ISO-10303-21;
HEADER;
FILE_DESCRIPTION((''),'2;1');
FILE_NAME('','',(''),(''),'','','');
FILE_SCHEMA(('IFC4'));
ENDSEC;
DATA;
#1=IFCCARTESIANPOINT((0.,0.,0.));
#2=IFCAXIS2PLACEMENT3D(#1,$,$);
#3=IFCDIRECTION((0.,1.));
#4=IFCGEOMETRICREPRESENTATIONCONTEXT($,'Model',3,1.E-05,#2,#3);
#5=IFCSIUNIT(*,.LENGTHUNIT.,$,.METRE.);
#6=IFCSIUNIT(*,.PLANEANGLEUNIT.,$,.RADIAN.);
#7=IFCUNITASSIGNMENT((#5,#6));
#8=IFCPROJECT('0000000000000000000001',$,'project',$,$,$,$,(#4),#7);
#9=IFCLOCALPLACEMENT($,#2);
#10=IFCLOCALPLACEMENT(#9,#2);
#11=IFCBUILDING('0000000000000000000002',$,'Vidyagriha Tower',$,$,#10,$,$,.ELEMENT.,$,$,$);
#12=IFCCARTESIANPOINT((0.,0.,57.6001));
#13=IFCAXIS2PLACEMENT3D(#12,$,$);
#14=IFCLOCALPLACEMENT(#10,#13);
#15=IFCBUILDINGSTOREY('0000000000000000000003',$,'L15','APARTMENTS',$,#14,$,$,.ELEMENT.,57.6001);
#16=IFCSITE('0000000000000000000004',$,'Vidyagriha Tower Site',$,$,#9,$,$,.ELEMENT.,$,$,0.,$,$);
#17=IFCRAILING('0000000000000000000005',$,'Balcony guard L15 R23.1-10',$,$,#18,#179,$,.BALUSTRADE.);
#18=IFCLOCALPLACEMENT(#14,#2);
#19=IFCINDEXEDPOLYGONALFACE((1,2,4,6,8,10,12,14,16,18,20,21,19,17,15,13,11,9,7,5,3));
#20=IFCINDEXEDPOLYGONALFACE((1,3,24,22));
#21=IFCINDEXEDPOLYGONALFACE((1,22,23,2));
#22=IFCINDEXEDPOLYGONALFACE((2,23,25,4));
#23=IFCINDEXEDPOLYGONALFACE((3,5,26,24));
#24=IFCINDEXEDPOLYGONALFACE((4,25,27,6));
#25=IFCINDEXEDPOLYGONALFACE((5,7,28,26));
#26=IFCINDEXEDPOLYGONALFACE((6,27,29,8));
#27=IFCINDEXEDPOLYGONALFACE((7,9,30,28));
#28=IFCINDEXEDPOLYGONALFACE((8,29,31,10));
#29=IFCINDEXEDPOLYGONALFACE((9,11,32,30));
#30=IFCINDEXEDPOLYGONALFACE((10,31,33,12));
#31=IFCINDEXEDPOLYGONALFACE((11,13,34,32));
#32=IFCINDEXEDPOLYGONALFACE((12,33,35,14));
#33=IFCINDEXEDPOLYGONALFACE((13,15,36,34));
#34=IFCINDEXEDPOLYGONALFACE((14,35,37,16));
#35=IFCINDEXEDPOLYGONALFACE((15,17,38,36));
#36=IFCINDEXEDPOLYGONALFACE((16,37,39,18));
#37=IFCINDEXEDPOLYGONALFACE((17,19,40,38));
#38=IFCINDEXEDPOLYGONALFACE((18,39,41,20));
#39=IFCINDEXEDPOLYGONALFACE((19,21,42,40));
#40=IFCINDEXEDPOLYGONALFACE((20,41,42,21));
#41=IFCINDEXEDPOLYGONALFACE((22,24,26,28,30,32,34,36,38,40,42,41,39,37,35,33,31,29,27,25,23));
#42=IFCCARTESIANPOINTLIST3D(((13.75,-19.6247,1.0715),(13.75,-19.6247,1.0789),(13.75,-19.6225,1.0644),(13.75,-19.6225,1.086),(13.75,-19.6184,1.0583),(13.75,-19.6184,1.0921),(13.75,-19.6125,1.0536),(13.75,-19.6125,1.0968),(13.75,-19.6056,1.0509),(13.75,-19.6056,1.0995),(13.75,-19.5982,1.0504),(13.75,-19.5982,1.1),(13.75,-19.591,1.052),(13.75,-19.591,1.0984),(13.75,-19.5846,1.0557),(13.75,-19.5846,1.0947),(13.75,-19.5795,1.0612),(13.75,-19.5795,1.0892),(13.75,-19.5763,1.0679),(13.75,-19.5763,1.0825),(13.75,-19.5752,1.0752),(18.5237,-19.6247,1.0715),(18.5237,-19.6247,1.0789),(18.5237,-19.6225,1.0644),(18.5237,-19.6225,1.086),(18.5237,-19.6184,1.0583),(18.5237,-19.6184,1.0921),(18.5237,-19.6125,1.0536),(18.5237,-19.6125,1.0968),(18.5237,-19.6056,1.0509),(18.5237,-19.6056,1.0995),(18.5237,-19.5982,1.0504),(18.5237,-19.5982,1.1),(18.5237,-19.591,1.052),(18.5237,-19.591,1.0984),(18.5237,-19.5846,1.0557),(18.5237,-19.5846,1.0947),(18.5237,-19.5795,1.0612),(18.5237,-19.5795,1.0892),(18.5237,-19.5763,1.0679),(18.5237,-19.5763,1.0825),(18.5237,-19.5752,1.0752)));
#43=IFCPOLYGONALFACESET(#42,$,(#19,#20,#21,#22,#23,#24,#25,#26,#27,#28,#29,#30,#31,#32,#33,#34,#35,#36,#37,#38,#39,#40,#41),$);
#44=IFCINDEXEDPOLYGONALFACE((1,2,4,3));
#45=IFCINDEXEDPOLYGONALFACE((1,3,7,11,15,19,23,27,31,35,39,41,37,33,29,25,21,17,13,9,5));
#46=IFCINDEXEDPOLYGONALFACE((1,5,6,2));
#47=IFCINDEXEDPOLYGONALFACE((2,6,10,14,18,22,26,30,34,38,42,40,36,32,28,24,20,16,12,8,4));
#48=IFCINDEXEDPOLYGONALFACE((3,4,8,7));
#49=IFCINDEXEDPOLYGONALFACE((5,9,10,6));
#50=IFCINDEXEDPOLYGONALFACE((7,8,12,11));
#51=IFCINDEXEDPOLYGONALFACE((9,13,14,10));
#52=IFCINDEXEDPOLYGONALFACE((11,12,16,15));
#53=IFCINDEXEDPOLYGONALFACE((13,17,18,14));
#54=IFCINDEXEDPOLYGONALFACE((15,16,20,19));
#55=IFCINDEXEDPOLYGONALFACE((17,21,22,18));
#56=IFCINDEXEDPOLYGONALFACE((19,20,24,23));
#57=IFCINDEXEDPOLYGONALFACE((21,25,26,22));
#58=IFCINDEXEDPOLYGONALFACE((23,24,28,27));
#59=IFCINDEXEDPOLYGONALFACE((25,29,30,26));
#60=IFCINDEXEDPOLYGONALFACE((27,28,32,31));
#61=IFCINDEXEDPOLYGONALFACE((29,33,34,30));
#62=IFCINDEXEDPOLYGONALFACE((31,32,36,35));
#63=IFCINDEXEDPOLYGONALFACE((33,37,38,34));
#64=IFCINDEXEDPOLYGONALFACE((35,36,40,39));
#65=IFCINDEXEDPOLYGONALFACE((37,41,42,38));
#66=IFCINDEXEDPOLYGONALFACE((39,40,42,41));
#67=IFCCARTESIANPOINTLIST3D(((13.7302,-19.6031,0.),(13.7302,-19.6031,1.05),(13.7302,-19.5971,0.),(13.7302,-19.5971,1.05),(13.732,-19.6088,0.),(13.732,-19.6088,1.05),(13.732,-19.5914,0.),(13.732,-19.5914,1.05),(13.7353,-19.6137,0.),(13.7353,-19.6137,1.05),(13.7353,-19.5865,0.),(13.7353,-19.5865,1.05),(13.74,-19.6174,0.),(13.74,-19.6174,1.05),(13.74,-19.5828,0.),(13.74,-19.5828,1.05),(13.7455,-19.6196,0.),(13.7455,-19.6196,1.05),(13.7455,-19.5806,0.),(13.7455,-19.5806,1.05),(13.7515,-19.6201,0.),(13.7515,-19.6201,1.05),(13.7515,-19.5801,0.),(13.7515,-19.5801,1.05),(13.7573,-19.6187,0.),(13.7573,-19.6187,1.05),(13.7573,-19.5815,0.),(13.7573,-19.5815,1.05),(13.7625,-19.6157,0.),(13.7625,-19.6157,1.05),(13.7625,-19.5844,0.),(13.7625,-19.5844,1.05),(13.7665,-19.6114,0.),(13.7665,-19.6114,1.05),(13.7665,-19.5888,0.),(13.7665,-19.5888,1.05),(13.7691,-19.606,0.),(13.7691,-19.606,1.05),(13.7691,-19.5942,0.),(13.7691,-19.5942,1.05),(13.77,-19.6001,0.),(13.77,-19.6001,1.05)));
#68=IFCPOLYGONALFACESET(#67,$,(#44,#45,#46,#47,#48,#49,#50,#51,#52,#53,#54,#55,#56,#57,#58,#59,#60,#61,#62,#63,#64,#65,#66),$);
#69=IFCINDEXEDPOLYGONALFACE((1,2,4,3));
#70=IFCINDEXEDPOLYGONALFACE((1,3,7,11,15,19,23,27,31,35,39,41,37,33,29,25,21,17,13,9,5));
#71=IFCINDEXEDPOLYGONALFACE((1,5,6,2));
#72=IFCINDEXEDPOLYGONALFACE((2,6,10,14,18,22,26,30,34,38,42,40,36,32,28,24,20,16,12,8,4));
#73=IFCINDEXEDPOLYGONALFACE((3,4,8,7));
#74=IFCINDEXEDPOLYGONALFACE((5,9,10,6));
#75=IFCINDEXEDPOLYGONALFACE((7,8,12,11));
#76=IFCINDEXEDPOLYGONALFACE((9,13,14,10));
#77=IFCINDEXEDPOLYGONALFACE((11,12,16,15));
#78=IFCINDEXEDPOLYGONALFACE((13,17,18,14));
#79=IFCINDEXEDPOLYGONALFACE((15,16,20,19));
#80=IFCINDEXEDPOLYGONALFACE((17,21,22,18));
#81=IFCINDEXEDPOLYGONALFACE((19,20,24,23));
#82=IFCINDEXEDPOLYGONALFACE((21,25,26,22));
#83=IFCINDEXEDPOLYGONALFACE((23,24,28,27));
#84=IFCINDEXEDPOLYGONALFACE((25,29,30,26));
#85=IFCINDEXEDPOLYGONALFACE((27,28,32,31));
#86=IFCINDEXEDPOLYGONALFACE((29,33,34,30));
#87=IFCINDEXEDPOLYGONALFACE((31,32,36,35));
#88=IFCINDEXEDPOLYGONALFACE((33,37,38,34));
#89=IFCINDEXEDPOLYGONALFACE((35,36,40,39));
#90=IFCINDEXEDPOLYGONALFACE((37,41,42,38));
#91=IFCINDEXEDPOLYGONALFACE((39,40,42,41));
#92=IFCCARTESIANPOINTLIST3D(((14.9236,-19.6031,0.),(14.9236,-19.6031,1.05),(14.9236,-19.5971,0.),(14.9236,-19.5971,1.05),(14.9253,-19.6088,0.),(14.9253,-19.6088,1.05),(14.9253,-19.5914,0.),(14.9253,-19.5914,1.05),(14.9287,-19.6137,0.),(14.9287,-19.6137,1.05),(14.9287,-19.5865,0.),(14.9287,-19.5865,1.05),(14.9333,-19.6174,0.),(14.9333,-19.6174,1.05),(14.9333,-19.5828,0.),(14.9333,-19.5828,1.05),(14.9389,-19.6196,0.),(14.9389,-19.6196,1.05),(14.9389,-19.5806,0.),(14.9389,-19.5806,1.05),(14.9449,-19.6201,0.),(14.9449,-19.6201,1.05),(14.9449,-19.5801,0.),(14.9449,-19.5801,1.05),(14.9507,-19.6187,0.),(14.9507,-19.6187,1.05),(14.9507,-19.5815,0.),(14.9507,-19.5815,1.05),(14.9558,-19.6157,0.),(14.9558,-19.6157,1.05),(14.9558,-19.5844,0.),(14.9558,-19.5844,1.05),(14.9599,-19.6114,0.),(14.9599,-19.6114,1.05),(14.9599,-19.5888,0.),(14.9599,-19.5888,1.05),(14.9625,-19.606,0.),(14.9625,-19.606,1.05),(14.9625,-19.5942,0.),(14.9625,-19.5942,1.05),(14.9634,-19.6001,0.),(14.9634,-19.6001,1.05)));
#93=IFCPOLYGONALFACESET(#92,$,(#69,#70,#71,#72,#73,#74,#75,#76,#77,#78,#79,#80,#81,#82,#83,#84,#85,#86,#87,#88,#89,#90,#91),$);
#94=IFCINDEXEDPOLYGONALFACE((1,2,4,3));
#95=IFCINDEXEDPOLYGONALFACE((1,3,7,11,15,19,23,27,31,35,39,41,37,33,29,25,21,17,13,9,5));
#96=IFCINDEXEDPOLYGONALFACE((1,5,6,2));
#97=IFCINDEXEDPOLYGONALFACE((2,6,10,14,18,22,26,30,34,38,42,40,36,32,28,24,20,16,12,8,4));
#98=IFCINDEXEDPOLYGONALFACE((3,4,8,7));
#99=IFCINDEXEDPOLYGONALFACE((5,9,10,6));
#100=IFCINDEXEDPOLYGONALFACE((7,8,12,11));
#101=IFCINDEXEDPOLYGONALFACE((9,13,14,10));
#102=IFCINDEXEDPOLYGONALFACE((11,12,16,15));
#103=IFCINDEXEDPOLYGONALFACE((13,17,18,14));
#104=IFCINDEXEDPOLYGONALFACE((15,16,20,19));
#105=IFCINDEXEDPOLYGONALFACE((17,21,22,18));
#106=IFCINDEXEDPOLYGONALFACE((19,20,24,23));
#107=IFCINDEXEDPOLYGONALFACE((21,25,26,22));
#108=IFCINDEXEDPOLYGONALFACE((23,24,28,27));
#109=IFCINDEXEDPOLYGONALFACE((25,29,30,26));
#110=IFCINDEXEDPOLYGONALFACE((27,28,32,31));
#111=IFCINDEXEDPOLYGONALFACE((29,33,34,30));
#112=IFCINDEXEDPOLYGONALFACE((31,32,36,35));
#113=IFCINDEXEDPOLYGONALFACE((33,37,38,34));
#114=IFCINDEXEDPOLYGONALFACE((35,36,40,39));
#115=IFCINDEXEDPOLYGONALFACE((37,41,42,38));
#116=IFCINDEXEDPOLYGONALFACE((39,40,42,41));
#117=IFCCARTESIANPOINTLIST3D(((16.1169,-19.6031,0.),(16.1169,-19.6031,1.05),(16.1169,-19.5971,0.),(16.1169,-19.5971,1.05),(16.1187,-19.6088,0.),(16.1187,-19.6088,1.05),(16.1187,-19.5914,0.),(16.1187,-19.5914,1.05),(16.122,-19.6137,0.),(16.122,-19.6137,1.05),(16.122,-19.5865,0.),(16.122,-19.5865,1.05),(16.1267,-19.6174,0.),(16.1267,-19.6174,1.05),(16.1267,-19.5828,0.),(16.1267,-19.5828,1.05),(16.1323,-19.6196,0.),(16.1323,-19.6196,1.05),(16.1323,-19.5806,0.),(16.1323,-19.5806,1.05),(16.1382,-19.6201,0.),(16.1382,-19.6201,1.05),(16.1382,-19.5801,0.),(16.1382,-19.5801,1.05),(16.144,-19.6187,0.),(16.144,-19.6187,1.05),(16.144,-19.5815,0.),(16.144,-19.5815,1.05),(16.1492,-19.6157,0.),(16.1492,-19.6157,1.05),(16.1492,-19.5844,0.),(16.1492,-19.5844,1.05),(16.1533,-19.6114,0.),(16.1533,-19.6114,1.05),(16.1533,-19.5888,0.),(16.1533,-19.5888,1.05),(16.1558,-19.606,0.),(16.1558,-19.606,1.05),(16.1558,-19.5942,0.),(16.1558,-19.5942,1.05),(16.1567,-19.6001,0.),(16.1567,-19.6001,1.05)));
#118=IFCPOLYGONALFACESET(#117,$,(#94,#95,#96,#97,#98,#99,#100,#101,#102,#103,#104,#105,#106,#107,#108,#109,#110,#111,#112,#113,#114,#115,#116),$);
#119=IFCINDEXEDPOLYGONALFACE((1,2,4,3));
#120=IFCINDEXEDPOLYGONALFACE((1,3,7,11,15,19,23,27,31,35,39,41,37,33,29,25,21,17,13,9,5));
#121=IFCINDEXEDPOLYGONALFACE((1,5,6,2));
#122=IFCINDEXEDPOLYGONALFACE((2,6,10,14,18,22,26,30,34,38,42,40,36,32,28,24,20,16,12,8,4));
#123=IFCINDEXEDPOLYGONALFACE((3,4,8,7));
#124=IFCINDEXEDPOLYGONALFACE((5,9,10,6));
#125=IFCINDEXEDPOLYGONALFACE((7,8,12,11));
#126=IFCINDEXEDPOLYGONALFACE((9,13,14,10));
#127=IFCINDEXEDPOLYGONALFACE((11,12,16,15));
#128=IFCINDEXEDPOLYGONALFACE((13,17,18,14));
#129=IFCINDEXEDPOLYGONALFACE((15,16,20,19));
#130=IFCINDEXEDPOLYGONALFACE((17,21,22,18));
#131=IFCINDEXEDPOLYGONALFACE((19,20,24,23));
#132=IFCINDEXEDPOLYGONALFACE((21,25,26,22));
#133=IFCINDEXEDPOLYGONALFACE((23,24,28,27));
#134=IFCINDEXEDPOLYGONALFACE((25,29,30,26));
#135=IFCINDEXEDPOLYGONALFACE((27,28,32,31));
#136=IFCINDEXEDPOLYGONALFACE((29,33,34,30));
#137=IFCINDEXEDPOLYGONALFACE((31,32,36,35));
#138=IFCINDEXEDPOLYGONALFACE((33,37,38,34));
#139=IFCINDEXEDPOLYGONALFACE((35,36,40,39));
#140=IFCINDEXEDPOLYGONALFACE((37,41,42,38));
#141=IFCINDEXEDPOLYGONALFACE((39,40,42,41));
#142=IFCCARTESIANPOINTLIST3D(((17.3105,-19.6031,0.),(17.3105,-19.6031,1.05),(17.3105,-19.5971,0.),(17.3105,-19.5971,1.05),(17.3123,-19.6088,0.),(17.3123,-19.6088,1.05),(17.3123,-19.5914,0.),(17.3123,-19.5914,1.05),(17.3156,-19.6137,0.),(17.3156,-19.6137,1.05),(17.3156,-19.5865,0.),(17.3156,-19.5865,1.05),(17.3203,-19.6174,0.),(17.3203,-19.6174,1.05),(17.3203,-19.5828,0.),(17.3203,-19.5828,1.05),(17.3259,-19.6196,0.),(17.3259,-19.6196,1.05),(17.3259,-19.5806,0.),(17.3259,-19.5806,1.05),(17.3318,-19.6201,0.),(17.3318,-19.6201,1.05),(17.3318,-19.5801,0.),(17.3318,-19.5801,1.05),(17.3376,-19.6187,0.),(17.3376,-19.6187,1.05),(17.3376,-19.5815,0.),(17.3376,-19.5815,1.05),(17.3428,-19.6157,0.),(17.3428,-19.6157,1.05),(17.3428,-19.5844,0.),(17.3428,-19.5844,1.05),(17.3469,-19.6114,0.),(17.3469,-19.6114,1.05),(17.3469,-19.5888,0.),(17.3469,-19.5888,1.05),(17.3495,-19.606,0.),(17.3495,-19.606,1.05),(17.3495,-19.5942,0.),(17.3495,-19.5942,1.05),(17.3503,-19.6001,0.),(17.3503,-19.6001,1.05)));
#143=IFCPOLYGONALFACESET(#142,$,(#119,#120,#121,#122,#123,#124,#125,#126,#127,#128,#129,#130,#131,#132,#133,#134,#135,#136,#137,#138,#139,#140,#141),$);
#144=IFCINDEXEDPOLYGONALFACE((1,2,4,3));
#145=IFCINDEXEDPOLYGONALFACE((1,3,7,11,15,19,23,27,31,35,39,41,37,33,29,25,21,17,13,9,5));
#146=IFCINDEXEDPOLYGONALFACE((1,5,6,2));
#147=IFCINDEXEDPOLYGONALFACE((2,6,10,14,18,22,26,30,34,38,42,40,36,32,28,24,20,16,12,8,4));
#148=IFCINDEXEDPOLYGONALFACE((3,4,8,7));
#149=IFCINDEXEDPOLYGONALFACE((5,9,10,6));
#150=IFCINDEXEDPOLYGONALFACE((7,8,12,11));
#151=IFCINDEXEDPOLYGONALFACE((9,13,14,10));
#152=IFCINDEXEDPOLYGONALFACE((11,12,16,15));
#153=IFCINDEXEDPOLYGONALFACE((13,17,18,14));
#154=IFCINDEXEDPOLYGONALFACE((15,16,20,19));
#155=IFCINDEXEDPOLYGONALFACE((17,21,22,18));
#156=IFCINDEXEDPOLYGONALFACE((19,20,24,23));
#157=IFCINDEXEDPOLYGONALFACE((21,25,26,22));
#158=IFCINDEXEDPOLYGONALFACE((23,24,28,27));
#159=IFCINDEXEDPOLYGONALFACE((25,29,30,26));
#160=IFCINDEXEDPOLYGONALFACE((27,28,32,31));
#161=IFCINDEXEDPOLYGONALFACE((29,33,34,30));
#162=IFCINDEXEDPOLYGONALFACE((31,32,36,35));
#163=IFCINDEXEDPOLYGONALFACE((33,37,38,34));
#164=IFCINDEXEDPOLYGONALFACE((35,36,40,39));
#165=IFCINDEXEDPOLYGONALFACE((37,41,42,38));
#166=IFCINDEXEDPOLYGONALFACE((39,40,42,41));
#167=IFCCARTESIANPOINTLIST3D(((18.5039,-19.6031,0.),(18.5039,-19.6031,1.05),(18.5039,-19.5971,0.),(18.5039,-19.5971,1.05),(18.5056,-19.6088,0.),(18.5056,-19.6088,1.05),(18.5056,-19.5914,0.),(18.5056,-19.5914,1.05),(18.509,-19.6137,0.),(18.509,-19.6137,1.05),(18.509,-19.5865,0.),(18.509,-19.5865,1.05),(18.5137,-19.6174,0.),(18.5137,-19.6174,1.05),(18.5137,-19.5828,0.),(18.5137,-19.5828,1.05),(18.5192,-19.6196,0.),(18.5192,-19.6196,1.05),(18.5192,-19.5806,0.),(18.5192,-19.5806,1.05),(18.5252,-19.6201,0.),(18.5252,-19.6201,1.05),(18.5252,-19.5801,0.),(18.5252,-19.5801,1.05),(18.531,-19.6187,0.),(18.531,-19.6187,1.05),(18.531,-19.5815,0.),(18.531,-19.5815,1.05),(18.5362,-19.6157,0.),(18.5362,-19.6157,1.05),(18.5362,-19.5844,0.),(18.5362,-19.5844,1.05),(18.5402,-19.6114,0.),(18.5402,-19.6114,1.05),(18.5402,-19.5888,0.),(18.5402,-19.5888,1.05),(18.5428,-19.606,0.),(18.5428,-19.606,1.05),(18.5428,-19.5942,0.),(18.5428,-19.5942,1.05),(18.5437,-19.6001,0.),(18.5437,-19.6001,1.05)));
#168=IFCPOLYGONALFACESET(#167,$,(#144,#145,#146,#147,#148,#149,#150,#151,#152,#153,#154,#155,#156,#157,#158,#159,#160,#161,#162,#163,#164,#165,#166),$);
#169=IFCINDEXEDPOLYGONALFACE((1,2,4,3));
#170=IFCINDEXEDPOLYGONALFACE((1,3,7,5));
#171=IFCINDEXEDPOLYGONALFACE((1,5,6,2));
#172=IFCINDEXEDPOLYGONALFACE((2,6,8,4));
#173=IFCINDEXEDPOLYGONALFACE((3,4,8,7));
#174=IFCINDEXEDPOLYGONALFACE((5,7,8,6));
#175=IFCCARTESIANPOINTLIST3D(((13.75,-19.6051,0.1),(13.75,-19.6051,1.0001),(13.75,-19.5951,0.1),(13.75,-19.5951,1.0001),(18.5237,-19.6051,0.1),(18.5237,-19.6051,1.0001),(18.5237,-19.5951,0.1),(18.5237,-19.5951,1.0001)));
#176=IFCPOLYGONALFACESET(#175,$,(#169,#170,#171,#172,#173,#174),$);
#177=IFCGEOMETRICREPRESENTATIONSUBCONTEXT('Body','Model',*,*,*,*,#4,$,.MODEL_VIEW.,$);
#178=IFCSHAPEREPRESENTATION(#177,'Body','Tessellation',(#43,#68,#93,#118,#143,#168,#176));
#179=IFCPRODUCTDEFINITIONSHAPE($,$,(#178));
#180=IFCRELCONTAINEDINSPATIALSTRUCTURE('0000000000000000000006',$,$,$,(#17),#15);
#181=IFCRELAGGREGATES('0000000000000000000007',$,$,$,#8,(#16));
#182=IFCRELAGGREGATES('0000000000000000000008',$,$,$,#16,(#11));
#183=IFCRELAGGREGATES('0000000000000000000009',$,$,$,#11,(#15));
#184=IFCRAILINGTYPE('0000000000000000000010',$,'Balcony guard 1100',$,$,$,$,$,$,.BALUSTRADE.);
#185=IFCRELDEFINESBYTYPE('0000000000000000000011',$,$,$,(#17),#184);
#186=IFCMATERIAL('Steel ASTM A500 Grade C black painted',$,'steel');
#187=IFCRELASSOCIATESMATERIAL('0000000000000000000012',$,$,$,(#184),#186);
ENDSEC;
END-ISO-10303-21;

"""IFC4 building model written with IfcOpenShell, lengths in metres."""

from ifc_helpers import new_model, si_unit, direction, frame, origin, origin_2d, place, context, subcontext, project, spatial, rectangle, circle, extrude, material, type_object, element, save


model = new_model("IFC4")

# Units and contexts
model_context = context("Model", 3, precision=1e-05, world=origin(), true_north=direction((0.0, 1.0)))
body_context = subcontext(model_context, "Body", "Model", "MODEL_VIEW")
ifc_project = project(units=[si_unit("LENGTHUNIT", "METRE"), si_unit("PLANEANGLEUNIT", "RADIAN")], contexts=[model_context])

# Site, building, storey
site_placement = place(None, origin())
site = spatial("IfcSite", under=ifc_project, at=site_placement, Name="Vidyagriha Tower Site", CompositionType="ELEMENT", RefElevation=0.0)
building_placement = place(site_placement, origin())
building = spatial("IfcBuilding", under=site, at=building_placement, Name="Vidyagriha Tower", CompositionType="ELEMENT")
storey_placement = place(building_placement, frame((0.0, 0.0, 57.6001)))
storey = spatial("IfcBuildingStorey", under=building, at=storey_placement, Name="L15", Description="APARTMENTS", CompositionType="ELEMENT", Elevation=57.6001)

# Railing
ifc_material_1 = material(Name="Steel ASTM A500 Grade C black painted", Category="steel")
railing_type = type_object("IfcRailingType", Name="Balcony guard 1100", PredefinedType="BALUSTRADE", material=ifc_material_1)
railing_1_placement = place(storey_placement, frame((13.75, -19.6001, 0.0)))
element("IfcRailing", 1, at=railing_1_placement, inside=storey, type_object=railing_type, Name="Balcony guard L15 R23.1-10", PredefinedType="BALUSTRADE", context=body_context, shape_type="SweptSolid", body=[
    extrude(circle(Radius=0.0249, at=origin_2d()), frame((0.0, 0.0, 1.0752), z_axis=(1.0, 0.0, 0.0), x_axis=(0.0, 1.0, 0.0)), (0.0, 0.0, 1.0), 4.7737),
    extrude(circle(Radius=0.02, at=origin_2d()), origin(), (0.0, 0.0, 1.0), 1.05),
    extrude(circle(Radius=0.02, at=origin_2d()), frame((1.1934, 0.0, 0.0)), (0.0, 0.0, 1.0), 1.05),
    extrude(circle(Radius=0.02, at=origin_2d()), frame((2.3867, 0.0, 0.0)), (0.0, 0.0, 1.0), 1.05),
    extrude(circle(Radius=0.02, at=origin_2d()), frame((3.5803, 0.0, 0.0)), (0.0, 0.0, 1.0), 1.05),
    extrude(circle(Radius=0.02, at=origin_2d()), frame((4.7737, 0.0, 0.0)), (0.0, 0.0, 1.0), 1.05),
    extrude(rectangle(XDim=0.01, YDim=0.9001, at=origin_2d()), frame((0.0, 0.0, 0.55), z_axis=(1.0, 0.0, 0.0), x_axis=(0.0, 1.0, 0.0)), (0.0, 0.0, 1.0), 4.7737),
])

save(model, "model.ifc")
